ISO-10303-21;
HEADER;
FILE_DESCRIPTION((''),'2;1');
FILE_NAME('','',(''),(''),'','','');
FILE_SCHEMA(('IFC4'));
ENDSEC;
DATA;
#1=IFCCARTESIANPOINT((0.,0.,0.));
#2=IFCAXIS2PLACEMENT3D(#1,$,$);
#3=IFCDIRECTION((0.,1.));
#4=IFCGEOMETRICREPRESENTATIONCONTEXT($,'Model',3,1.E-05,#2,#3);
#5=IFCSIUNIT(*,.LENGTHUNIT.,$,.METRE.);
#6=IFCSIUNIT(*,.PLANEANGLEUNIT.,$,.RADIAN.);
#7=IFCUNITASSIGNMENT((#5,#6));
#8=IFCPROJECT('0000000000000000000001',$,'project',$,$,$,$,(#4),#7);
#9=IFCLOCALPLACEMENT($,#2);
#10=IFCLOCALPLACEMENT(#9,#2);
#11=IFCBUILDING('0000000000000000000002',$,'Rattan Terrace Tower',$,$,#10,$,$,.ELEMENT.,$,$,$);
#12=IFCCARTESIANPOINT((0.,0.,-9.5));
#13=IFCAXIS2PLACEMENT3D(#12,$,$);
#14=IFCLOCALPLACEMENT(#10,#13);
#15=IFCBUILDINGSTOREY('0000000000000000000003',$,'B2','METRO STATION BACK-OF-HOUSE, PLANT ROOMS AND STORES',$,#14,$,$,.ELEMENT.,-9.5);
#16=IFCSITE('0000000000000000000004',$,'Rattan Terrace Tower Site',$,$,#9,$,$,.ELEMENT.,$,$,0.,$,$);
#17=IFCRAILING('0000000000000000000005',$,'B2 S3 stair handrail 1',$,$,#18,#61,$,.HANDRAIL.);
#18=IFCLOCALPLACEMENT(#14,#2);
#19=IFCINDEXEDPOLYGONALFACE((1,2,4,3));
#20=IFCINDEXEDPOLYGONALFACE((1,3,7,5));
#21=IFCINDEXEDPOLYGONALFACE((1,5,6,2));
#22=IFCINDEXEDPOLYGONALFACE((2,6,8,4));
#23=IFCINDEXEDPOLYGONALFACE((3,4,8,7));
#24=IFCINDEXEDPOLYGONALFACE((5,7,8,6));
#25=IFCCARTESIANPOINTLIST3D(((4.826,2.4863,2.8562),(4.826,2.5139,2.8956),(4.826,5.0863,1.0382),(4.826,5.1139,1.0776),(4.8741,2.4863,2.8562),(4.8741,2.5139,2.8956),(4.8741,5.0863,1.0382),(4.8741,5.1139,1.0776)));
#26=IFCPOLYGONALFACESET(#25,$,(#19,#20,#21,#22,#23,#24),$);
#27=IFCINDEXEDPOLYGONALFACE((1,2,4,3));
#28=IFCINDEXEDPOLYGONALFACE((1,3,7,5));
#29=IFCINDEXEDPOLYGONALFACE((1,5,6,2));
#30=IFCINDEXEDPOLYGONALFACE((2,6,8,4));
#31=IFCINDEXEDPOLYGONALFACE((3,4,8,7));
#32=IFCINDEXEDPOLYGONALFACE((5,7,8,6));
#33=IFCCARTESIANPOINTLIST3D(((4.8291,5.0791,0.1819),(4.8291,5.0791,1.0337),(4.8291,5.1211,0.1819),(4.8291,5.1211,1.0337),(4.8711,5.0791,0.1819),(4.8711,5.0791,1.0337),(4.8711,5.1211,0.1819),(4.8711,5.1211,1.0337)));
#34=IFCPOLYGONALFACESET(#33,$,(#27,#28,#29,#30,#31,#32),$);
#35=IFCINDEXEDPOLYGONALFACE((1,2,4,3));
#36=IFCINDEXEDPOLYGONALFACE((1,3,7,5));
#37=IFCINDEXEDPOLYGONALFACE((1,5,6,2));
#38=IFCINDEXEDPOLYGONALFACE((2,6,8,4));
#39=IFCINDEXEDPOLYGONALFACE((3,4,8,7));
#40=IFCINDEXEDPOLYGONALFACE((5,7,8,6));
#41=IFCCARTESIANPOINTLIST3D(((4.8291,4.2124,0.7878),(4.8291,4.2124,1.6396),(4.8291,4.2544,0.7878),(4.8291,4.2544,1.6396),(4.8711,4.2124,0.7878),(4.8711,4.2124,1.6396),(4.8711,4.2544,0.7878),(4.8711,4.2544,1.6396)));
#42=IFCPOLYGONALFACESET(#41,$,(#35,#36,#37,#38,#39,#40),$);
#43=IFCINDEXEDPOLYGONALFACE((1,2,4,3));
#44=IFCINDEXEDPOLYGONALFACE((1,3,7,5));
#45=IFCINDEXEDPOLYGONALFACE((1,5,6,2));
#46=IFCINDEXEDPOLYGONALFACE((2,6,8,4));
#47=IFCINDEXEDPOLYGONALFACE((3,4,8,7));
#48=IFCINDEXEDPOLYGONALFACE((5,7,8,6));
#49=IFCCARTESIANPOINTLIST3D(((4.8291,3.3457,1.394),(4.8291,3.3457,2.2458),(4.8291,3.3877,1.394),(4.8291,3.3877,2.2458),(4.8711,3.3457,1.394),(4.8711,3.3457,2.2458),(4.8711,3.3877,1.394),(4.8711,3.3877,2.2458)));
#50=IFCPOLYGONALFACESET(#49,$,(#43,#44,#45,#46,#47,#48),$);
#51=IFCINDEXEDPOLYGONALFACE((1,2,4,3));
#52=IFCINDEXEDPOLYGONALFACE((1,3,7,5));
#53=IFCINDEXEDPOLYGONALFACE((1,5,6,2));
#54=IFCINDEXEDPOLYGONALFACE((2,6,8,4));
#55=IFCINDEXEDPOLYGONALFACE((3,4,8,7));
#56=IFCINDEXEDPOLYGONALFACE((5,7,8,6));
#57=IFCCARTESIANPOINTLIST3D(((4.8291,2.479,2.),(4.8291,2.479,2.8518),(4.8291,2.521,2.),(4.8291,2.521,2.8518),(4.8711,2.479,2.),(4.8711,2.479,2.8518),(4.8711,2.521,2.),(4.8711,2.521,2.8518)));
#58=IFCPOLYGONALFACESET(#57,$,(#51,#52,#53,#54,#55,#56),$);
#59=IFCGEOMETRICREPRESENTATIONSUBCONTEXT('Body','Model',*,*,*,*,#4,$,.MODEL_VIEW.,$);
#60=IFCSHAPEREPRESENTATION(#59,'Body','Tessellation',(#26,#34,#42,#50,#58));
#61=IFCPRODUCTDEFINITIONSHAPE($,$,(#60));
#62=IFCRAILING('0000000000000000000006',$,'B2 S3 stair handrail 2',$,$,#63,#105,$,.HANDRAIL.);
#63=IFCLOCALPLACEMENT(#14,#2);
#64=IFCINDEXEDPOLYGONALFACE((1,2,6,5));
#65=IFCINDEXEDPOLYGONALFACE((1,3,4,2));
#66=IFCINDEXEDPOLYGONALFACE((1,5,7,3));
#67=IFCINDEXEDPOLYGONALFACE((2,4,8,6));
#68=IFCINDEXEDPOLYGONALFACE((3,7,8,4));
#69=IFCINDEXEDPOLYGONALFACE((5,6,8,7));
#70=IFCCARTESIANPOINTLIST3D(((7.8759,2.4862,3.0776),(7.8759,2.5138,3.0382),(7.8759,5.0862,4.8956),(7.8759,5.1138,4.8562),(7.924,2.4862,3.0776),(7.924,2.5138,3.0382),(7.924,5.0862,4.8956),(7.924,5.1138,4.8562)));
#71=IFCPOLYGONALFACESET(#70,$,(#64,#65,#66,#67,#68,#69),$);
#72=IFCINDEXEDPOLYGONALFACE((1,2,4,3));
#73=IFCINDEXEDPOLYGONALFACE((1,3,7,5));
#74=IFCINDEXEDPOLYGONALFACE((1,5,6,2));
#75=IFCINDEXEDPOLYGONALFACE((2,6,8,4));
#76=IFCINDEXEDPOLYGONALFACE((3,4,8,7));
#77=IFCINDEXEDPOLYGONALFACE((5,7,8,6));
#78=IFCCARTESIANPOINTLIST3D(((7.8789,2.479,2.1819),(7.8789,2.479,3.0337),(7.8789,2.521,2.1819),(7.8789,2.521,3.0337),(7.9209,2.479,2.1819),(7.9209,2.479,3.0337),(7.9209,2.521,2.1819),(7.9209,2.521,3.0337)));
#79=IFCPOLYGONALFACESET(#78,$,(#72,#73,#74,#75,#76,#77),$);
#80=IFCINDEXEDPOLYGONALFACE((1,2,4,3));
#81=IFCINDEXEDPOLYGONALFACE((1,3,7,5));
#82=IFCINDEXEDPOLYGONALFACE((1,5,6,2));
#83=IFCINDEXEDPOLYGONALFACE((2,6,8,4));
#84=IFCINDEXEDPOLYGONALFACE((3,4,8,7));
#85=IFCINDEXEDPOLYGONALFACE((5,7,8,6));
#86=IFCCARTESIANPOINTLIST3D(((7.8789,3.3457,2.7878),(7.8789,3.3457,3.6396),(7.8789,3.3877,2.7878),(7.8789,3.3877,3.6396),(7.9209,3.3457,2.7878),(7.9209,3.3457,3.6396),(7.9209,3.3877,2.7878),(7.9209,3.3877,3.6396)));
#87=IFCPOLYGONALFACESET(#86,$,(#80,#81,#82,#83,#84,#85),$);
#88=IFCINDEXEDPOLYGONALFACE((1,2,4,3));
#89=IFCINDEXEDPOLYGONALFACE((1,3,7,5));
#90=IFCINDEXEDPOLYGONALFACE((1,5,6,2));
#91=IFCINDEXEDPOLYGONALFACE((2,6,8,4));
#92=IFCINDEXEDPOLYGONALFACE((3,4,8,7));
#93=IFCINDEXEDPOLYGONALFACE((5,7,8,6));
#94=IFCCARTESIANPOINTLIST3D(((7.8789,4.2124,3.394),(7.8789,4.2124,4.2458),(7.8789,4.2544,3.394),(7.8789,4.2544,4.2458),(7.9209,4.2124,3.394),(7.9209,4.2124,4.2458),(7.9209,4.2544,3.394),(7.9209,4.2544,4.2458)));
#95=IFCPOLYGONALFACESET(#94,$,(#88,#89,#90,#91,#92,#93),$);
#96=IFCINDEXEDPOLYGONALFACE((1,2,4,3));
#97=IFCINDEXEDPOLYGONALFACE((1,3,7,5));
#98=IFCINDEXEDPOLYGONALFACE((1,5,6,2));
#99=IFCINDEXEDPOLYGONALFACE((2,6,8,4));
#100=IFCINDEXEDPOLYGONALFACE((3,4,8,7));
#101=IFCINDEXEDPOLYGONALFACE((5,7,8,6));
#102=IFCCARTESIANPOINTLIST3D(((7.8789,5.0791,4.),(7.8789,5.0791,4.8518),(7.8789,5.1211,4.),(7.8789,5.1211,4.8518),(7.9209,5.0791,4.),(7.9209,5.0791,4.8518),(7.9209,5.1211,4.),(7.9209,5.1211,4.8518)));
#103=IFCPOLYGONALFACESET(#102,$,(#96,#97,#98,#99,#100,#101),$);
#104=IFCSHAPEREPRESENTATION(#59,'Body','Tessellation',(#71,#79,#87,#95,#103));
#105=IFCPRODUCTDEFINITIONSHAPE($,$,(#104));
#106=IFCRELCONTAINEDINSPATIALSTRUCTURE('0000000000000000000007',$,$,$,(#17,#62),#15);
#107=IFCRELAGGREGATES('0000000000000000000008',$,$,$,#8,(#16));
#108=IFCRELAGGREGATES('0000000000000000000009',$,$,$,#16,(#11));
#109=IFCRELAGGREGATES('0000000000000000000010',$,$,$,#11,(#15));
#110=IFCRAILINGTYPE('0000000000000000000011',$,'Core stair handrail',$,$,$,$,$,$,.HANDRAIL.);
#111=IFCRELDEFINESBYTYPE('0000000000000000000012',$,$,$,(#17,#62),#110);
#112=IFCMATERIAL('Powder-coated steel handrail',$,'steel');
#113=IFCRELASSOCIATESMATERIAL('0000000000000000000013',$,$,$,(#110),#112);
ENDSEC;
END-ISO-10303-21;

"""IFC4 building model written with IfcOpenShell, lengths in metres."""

from ifc_helpers import new_model, si_unit, direction, frame, origin, origin_2d, place, context, subcontext, project, spatial, rectangle, extrude, material, type_object, element, save


model = new_model("IFC4")

# Units and contexts
model_context = context("Model", 3, precision=1e-05, world=origin(), true_north=direction((0.0, 1.0)))
body_context = subcontext(model_context, "Body", "Model", "MODEL_VIEW")
ifc_project = project(units=[si_unit("LENGTHUNIT", "METRE"), si_unit("PLANEANGLEUNIT", "RADIAN")], contexts=[model_context])

# Site, building, storey
site_placement = place(None, origin())
site = spatial("IfcSite", under=ifc_project, at=site_placement, Name="Rattan Terrace Tower Site", CompositionType="ELEMENT", RefElevation=0.0)
building_placement = place(site_placement, origin())
building = spatial("IfcBuilding", under=site, at=building_placement, Name="Rattan Terrace Tower", CompositionType="ELEMENT")
storey_placement = place(building_placement, frame((0.0, 0.0, -9.5)))
storey = spatial("IfcBuildingStorey", under=building, at=storey_placement, Name="B2", Description="METRO STATION BACK-OF-HOUSE, PLANT ROOMS AND STORES", CompositionType="ELEMENT", Elevation=-9.5)

# Railings
ifc_material_1 = material(Name="Powder-coated steel handrail", Category="steel")
railing_type_1 = type_object("IfcRailingType", Name="Core stair handrail", PredefinedType="HANDRAIL", material=ifc_material_1)
for number, where, name in (
    (1, (4.8501, 5.1001, 0.1819), "B2 S3 stair handrail 1"),
):
    element("IfcRailing", number, at=place(storey_placement, frame(where)), inside=storey, type_object=railing_type_1, Name=name, PredefinedType="HANDRAIL", context=body_context, shape_type="SweptSolid", body=[
        extrude(rectangle(XDim=0.0481, YDim=0.0481, at=origin_2d()), frame((0.0, 0.0, 0.876), z_axis=(0.0, -0.819521, 0.573049), x_axis=(1.0, 0.0, 0.0)), (0.0, 0.0, 1.0), 3.1726),
        extrude(rectangle(XDim=0.042, YDim=0.042, at=origin_2d()), origin(), (0.0, 0.0, 1.0), 0.8518),
        extrude(rectangle(XDim=0.042, YDim=0.042, at=origin_2d()), frame((0.0, -0.8667, 0.606)), (0.0, 0.0, 1.0), 0.8518),
        extrude(rectangle(XDim=0.042, YDim=0.042, at=origin_2d()), frame((0.0, -1.7334, 1.2122)), (0.0, 0.0, 1.0), 0.8518),
        extrude(rectangle(XDim=0.042, YDim=0.042, at=origin_2d()), frame((0.0, -2.6001, 1.8181)), (0.0, 0.0, 1.0), 0.8518),
    ])
railing_1_placement = place(storey_placement, frame((7.8999, 2.5, 2.1819)))
element("IfcRailing", 2, at=railing_1_placement, inside=storey, type_object=railing_type_1, Name="B2 S3 stair handrail 2", PredefinedType="HANDRAIL", context=body_context, shape_type="SweptSolid", body=[
    extrude(rectangle(XDim=0.0481, YDim=0.0481, at=origin_2d()), frame((0.0, 0.0, 0.876), z_axis=(0.0, 0.819521, 0.573049), x_axis=(-1.0, 0.0, 0.0)), (0.0, 0.0, 1.0), 3.1726),
    extrude(rectangle(XDim=0.042, YDim=0.042, at=origin_2d()), origin(), (0.0, 0.0, 1.0), 0.8518),
    extrude(rectangle(XDim=0.042, YDim=0.042, at=origin_2d()), frame((0.0, 0.8667, 0.606)), (0.0, 0.0, 1.0), 0.8518),
    extrude(rectangle(XDim=0.042, YDim=0.042, at=origin_2d()), frame((0.0, 1.7334, 1.2122)), (0.0, 0.0, 1.0), 0.8518),
    extrude(rectangle(XDim=0.042, YDim=0.042, at=origin_2d()), frame((0.0, 2.6001, 1.8181)), (0.0, 0.0, 1.0), 0.8518),
])

save(model, "model.ifc")
